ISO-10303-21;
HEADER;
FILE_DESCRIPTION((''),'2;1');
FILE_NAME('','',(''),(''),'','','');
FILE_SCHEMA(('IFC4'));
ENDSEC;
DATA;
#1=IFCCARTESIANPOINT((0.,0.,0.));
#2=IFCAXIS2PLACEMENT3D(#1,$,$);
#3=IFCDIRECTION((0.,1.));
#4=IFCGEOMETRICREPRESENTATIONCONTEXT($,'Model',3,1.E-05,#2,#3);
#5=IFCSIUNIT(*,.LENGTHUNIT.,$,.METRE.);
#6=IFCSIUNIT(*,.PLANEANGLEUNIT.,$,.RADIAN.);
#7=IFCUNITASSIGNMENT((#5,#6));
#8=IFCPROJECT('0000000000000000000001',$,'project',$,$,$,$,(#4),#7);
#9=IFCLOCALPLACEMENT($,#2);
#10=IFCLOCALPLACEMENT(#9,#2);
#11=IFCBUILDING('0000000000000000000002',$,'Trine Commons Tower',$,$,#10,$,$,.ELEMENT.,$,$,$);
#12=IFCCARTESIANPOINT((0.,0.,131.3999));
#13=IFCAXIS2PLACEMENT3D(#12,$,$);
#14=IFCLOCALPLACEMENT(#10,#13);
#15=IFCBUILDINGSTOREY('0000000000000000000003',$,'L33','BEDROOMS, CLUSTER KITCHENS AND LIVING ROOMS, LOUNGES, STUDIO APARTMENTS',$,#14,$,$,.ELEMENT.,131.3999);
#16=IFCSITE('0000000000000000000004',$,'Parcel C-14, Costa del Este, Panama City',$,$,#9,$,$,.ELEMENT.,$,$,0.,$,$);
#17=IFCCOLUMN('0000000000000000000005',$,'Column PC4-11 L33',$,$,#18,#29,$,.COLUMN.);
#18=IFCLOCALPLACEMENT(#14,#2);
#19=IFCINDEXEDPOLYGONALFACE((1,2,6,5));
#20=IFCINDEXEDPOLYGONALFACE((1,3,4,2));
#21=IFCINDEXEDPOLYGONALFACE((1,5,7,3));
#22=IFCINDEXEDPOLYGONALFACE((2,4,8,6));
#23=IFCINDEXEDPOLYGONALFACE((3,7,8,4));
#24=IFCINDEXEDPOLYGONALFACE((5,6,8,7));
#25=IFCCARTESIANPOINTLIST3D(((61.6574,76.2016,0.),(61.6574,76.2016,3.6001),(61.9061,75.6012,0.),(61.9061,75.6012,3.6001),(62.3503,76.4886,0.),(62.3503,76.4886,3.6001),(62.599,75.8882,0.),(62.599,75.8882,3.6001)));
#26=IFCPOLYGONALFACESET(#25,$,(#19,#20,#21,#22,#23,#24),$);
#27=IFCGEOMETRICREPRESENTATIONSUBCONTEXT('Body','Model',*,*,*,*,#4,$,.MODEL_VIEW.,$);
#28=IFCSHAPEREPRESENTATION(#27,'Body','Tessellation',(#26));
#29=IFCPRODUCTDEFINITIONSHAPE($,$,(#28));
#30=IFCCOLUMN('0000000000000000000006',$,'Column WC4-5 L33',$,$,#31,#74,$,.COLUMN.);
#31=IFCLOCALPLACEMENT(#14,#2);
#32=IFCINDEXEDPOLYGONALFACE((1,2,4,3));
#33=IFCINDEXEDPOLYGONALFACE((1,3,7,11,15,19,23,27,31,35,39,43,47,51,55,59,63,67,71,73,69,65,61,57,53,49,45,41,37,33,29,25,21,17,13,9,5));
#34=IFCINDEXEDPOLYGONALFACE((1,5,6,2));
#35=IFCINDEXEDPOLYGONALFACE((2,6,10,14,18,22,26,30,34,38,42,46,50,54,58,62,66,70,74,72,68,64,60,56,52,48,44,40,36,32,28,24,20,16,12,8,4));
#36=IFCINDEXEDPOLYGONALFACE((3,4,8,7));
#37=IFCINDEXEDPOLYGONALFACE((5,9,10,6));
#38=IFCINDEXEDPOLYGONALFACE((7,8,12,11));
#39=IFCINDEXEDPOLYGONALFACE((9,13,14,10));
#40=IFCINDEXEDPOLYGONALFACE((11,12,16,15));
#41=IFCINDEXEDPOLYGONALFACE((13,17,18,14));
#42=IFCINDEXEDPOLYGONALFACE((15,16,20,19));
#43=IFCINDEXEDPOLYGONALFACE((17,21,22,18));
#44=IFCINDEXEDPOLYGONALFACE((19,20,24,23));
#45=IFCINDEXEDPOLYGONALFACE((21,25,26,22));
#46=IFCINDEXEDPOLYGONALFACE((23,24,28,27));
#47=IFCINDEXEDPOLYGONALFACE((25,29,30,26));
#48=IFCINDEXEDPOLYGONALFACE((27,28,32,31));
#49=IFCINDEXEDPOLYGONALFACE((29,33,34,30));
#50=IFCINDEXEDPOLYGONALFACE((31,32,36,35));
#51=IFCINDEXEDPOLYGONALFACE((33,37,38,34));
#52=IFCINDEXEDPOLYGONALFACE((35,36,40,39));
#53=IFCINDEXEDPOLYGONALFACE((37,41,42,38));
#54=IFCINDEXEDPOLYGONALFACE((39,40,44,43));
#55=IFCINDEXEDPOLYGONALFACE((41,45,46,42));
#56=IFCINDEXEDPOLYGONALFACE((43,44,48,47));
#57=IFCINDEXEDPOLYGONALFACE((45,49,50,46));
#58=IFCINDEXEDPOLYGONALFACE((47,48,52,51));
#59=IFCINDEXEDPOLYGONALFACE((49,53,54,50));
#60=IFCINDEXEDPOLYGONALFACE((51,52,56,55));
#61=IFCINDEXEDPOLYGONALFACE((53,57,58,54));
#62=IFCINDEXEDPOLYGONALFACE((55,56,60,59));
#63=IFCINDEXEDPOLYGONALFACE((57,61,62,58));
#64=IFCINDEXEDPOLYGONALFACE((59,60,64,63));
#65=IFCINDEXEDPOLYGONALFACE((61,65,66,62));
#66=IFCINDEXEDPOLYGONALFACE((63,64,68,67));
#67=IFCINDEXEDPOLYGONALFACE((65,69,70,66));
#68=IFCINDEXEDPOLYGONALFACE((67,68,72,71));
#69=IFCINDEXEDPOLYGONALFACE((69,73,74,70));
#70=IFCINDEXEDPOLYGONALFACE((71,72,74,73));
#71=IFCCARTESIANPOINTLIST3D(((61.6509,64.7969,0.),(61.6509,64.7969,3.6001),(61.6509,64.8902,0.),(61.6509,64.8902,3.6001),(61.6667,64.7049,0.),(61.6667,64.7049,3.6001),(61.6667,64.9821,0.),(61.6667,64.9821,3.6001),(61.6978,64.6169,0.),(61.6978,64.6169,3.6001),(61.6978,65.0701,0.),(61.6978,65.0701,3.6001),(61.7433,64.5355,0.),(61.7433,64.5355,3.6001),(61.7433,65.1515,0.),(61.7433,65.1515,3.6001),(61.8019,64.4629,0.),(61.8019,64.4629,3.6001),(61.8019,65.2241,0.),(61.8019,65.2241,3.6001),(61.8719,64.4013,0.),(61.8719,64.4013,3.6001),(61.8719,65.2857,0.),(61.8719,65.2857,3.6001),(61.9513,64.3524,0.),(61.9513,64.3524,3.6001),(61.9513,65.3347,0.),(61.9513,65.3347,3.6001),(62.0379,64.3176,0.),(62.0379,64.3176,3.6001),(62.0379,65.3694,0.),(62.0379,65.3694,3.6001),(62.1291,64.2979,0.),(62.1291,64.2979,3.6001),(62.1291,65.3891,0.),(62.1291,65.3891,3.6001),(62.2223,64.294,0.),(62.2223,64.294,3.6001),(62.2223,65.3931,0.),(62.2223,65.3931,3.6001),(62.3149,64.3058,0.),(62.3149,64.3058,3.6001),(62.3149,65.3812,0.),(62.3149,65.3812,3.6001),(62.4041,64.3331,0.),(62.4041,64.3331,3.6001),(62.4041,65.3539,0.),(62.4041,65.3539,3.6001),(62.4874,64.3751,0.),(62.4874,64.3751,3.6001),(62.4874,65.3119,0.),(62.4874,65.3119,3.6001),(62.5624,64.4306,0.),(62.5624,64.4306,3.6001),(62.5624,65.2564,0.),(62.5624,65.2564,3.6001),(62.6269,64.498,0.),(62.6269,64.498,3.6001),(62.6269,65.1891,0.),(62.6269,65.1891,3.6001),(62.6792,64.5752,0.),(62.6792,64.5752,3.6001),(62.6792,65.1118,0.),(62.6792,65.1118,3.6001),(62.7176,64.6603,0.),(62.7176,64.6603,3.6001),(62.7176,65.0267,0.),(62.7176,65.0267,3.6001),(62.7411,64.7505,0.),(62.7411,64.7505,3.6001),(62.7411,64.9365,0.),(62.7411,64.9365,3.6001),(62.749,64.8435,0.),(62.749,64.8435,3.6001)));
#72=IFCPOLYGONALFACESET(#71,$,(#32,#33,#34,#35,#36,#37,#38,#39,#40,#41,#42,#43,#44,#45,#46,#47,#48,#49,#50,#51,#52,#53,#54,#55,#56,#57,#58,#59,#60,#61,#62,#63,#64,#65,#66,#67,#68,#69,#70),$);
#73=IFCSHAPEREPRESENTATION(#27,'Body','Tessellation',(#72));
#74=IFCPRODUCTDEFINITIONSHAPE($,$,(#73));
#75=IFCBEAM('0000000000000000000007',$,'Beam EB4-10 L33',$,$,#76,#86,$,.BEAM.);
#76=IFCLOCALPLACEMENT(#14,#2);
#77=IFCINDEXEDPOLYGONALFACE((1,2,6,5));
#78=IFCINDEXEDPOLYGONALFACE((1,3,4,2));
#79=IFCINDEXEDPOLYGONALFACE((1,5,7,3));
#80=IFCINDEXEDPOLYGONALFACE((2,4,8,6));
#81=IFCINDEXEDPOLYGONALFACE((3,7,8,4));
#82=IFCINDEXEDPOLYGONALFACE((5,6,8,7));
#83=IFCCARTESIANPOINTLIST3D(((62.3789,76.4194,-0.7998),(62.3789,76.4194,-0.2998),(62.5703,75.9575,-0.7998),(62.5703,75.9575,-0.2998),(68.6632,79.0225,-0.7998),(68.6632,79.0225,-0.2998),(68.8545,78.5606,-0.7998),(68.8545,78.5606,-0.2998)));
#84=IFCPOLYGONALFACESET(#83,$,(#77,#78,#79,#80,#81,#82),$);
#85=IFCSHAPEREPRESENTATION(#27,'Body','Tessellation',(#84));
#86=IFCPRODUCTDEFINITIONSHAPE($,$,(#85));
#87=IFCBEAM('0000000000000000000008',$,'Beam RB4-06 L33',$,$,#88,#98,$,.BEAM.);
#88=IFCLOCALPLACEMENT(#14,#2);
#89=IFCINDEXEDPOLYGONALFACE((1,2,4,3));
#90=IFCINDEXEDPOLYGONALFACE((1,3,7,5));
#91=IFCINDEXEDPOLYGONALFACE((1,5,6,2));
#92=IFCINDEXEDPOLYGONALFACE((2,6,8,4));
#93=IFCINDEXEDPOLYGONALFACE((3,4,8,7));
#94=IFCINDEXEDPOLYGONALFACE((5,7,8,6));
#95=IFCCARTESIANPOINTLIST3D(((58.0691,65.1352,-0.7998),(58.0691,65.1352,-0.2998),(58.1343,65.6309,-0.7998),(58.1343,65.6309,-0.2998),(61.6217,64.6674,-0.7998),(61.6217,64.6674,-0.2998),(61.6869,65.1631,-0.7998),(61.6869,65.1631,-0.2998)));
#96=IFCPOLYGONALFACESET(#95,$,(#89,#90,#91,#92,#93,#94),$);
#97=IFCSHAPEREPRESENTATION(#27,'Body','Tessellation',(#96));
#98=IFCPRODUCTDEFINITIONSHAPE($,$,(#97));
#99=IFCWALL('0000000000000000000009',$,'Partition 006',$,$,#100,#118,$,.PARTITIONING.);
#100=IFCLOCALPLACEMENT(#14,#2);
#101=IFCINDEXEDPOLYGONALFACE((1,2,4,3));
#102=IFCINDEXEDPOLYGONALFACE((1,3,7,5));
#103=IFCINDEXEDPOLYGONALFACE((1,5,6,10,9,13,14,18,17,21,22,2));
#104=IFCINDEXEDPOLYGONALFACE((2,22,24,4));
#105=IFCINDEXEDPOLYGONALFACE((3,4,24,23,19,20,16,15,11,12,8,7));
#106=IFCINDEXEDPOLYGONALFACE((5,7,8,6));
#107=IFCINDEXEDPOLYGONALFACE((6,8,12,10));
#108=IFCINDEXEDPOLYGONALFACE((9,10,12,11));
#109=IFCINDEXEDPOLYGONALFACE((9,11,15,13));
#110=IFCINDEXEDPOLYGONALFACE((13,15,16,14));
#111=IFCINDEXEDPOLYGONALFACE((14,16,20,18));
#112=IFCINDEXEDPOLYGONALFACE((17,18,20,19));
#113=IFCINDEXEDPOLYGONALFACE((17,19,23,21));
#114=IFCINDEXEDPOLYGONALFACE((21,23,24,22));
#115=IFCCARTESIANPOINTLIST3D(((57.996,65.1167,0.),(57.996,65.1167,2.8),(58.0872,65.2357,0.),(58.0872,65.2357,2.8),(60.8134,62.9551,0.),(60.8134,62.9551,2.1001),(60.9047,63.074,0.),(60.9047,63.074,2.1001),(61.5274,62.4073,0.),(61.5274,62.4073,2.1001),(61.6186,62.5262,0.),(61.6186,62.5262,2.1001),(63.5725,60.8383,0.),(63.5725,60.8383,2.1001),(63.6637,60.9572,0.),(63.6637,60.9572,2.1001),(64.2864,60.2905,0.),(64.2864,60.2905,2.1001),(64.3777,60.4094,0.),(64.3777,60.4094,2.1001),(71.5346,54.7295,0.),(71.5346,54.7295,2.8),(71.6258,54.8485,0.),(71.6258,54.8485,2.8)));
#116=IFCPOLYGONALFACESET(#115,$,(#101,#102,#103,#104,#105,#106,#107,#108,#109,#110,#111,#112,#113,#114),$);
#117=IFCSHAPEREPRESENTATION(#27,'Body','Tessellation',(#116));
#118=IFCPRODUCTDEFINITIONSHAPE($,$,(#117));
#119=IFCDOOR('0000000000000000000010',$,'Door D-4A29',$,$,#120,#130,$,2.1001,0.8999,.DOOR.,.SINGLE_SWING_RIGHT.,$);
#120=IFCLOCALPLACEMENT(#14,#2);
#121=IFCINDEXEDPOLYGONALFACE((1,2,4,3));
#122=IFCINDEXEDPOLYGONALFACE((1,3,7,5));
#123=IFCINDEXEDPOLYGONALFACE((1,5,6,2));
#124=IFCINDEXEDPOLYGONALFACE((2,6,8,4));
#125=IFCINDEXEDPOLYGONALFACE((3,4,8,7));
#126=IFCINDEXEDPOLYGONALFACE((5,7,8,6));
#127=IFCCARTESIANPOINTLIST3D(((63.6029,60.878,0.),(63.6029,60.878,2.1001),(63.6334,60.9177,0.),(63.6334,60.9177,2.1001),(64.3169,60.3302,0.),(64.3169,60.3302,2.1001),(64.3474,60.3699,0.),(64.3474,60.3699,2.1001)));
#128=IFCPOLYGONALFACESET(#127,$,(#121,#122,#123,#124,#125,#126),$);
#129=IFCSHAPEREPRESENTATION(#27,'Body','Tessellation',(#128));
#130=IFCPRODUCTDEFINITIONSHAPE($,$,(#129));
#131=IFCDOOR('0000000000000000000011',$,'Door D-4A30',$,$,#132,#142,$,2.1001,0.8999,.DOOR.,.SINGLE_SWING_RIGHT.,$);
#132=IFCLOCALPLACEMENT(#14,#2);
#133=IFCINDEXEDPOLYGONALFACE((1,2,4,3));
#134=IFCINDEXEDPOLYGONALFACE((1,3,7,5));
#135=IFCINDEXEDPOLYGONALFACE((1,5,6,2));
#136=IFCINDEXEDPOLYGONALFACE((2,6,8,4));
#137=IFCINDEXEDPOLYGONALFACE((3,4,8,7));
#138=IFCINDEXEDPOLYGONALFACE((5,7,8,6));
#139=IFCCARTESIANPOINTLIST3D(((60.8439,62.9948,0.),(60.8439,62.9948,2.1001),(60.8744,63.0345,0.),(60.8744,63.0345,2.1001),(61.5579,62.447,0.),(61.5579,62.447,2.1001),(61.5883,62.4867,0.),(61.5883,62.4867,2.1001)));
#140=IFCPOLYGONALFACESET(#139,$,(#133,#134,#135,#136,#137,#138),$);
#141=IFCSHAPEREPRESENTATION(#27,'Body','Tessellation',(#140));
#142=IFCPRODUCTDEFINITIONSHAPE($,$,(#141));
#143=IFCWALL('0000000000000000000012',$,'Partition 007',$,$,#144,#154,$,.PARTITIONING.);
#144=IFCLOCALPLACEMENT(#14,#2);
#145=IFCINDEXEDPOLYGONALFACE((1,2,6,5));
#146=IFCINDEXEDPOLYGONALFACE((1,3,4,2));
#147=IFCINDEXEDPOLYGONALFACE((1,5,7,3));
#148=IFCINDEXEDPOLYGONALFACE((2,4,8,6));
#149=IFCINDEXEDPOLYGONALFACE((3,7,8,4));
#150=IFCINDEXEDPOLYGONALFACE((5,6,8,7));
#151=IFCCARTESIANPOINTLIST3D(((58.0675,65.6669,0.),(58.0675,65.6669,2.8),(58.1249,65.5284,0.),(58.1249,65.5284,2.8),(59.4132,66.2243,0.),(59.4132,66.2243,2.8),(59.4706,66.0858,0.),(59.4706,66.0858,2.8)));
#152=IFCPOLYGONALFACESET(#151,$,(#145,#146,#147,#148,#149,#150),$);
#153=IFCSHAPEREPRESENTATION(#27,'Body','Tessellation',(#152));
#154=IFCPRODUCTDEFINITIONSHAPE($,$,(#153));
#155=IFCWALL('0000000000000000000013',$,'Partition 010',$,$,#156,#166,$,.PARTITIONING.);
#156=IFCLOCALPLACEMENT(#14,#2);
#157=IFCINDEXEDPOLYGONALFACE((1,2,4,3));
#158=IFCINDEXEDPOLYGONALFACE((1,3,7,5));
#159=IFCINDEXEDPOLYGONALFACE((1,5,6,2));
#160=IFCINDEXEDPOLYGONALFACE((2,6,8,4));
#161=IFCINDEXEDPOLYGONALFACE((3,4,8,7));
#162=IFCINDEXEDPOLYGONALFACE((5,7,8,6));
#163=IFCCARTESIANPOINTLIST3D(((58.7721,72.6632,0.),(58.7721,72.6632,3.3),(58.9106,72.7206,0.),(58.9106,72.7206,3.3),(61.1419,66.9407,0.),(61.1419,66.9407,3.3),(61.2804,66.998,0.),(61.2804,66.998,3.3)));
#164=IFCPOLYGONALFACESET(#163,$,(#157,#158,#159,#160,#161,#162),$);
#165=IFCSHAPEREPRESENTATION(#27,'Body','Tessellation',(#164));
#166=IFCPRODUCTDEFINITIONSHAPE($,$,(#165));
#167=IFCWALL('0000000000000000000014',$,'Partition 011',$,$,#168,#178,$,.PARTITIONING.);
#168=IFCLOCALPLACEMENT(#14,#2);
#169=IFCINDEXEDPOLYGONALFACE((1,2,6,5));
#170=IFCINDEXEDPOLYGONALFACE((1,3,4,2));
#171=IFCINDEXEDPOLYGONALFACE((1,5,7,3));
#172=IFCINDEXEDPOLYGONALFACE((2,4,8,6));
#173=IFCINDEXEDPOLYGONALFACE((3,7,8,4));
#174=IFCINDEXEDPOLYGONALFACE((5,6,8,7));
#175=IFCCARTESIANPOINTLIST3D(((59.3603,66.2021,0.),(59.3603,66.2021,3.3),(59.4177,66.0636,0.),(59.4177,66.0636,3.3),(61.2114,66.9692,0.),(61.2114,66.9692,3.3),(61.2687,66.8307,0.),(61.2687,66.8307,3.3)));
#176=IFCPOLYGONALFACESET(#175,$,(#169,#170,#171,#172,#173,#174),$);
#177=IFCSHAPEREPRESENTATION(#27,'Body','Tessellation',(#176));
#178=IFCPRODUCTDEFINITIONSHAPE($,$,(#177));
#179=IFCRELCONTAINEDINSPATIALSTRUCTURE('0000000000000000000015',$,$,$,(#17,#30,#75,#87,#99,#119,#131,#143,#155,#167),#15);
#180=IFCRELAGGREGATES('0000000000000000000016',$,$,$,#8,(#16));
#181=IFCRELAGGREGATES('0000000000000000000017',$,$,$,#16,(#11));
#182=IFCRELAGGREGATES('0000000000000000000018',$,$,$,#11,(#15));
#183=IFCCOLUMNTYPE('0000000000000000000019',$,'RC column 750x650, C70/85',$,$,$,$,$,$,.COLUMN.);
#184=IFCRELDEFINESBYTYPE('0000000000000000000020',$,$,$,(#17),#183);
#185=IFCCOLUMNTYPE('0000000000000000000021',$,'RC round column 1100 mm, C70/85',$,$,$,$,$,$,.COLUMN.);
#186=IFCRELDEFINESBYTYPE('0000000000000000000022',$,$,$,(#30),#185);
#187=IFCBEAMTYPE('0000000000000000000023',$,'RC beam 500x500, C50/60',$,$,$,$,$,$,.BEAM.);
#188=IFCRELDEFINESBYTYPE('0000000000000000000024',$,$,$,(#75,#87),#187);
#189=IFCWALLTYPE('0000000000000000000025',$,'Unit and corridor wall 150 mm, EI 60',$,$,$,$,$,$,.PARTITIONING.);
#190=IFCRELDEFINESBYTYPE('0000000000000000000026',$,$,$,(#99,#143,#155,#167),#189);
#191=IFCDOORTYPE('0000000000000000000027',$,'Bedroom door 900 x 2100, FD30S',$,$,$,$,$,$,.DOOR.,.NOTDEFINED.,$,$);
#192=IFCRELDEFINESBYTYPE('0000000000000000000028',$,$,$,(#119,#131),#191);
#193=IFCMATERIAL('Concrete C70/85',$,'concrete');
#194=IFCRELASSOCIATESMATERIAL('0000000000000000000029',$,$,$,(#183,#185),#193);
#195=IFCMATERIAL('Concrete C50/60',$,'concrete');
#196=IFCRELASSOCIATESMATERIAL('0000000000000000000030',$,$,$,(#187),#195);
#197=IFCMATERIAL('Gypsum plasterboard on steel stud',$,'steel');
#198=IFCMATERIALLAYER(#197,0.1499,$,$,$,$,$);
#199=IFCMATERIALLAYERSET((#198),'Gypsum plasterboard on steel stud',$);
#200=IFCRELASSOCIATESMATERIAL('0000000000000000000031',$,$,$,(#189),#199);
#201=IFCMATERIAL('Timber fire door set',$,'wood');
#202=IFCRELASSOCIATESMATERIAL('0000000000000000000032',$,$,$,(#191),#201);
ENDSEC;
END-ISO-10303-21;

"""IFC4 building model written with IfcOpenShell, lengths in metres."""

from ifc_helpers import new_model, si_unit, direction, frame, frame_2d, origin, origin_2d, place, context, subcontext, project, spatial, rectangle, circle, extrude, material, layer, layer_set, material_profile, profile_set, type_object, element, fill, save


model = new_model("IFC4")

# Units and contexts
model_context = context("Model", 3, precision=1e-05, world=origin(), true_north=direction((0.0, 1.0)))
body_context = subcontext(model_context, "Body", "Model", "MODEL_VIEW")
ifc_project = project(units=[si_unit("LENGTHUNIT", "METRE"), si_unit("PLANEANGLEUNIT", "RADIAN")], contexts=[model_context])

# Site, building, storey
site_placement = place(None, origin())
site = spatial("IfcSite", under=ifc_project, at=site_placement, Name="Parcel C-14, Costa del Este, Panama City", CompositionType="ELEMENT", RefElevation=0.0)
building_placement = place(site_placement, origin())
building = spatial("IfcBuilding", under=site, at=building_placement, Name="Trine Commons Tower", CompositionType="ELEMENT")
storey_placement = place(building_placement, frame((0.0, 0.0, 131.3999)))
storey = spatial("IfcBuildingStorey", under=building, at=storey_placement, Name="L33", Description="BEDROOMS, CLUSTER KITCHENS AND LIVING ROOMS, LOUNGES, STUDIO APARTMENTS", CompositionType="ELEMENT", Elevation=131.3999)

# Columns
ifc_material_1 = material(Name="Concrete C70/85", Category="concrete")
ifc_material_profile_1 = material_profile(ifc_material_1, rectangle(XDim=0.75, YDim=0.6499, at=origin_2d()), Name="RC 750x650")
ifc_profile_set_1 = profile_set([ifc_material_profile_1], Name="Concrete C70/85")
column_type_1 = type_object("IfcColumnType", Name="RC column 750x650, C70/85", PredefinedType="COLUMN", material=ifc_profile_set_1)
column_1_placement = place(storey_placement, frame((62.1282, 76.0449, 0.0), z_axis=(0.0, 0.0, 1.0), x_axis=(0.92388, 0.382683, 0.0)))
element("IfcColumn", 1, at=column_1_placement, inside=storey, type_object=column_type_1, Name="Column PC4-11 L33", PredefinedType="COLUMN", context=body_context, shape_type="SweptSolid", body=[
    extrude(rectangle(XDim=0.75, YDim=0.6499, at=origin_2d()), origin(), (0.0, 0.0, 1.0), 3.6001),
])
ifc_material_profile_2 = material_profile(ifc_material_1, circle(Radius=0.55, at=origin_2d()), Name="RC round 1100")
ifc_profile_set_2 = profile_set([ifc_material_profile_2], Name="Concrete C70/85")
column_type_2 = type_object("IfcColumnType", Name="RC round column 1100 mm, C70/85", PredefinedType="COLUMN", material=ifc_profile_set_2)
column_2_placement = place(storey_placement, frame((62.199, 64.8435, 0.0), z_axis=(0.0, 0.0, 1.0), x_axis=(1.0, 0.0, 0.0)))
element("IfcColumn", 2, at=column_2_placement, inside=storey, type_object=column_type_2, Name="Column WC4-5 L33", PredefinedType="COLUMN", context=body_context, shape_type="SweptSolid", body=[
    extrude(circle(Radius=0.55, at=origin_2d()), origin(), (0.0, 0.0, 1.0), 3.6001),
])

# Beams
ifc_material_2 = material(Name="Concrete C50/60", Category="concrete")
ifc_material_profile_3 = material_profile(ifc_material_2, rectangle(XDim=0.5, YDim=0.5, at=origin_2d()), Name="RC 500x500")
ifc_profile_set_3 = profile_set([ifc_material_profile_3], Name="Concrete C50/60")
beam_type = type_object("IfcBeamType", Name="RC beam 500x500, C50/60", PredefinedType="BEAM", material=ifc_profile_set_3)
beam_1_placement = place(storey_placement, frame((62.4746, 76.1885, -0.5498), z_axis=(0.923878, 0.382688, 0.0), x_axis=(-0.382688, 0.923878, 0.0)))
element("IfcBeam", 3, at=beam_1_placement, inside=storey, type_object=beam_type, Name="Beam EB4-10 L33", PredefinedType="BEAM", context=body_context, shape_type="SweptSolid", body=[
    extrude(rectangle(XDim=0.5, YDim=0.5, at=origin_2d()), origin(), (0.0, 0.0, 1.0), 6.802),
])
beam_2_placement = place(storey_placement, frame((61.6543, 64.9153, -0.5498), z_axis=(-0.991442, 0.130548, 0.0), x_axis=(-0.130548, -0.991442, 0.0)))
element("IfcBeam", 4, at=beam_2_placement, inside=storey, type_object=beam_type, Name="Beam RB4-06 L33", PredefinedType="BEAM", context=body_context, shape_type="SweptSolid", body=[
    extrude(rectangle(XDim=0.5, YDim=0.5, at=origin_2d()), origin(), (0.0, 0.0, 1.0), 3.5833),
])

# Wall, openings, doors
ifc_material_3 = material(Name="Gypsum plasterboard on steel stud", Category="steel")
ifc_layer_1 = layer(ifc_material_3, 0.1499)
ifc_layer_set_1 = layer_set([ifc_layer_1], Name="Gypsum plasterboard on steel stud")
wall_type_1 = type_object("IfcWallType", Name="Unit and corridor wall 150 mm, EI 60", PredefinedType="PARTITIONING", material=ifc_layer_set_1)
wall_1_placement = place(storey_placement, frame((58.0415, 65.1763, 0.0), z_axis=(0.0, 0.0, 1.0), x_axis=(0.79339, -0.608713, 0.0)))
wall_1 = element("IfcWall", 5, at=wall_1_placement, inside=storey, type_object=wall_type_1, Name="Partition 006", PredefinedType="PARTITIONING", context=body_context, shape_type="SweptSolid", body=[
    extrude(rectangle(XDim=17.0642, YDim=0.1499, at=frame_2d((8.5322, 0.0))), origin(), (0.0, 0.0, 1.0), 2.8),
])
opening_1_placement = place(wall_1_placement, frame((7.0288, 0.0, 0.0)))
opening_1 = element("IfcOpeningElement", 6, at=opening_1_placement, cuts=wall_1, PredefinedType="OPENING", context=body_context, shape_type="SweptSolid", body=[
    extrude(rectangle(XDim=0.8999, YDim=2.1001, at=frame_2d((0.45, 1.05))), frame((0.0, 0.085, 0.0), z_axis=(0.0, -1.0, 0.0), x_axis=(1.0, 0.0, 0.0)), (0.0, 0.0, 1.0), 0.1699),
])
opening_2_placement = place(wall_1_placement, frame((3.5513, 0.0, 0.0)))
opening_2 = element("IfcOpeningElement", 7, at=opening_2_placement, cuts=wall_1, PredefinedType="OPENING", context=body_context, shape_type="SweptSolid", body=[
    extrude(rectangle(XDim=0.8999, YDim=2.1001, at=frame_2d((0.45, 1.05))), frame((0.0, 0.085, 0.0), z_axis=(0.0, -1.0, 0.0), x_axis=(1.0, 0.0, 0.0)), (0.0, 0.0, 1.0), 0.1699),
])
ifc_material_4 = material(Name="Timber fire door set", Category="wood")
door_type_1 = type_object("IfcDoorType", Name="Bedroom door 900 x 2100, FD30S", OperationType="NOTDEFINED", PredefinedType="DOOR", material=ifc_material_4)
door_1_placement = place(opening_1_placement, frame((0.8999, 0.0, 0.0), z_axis=(0.0, 0.0, 1.0), x_axis=(-1.0, 0.0, 0.0)))
door_1 = element("IfcDoor", 8, at=door_1_placement, inside=storey, type_object=door_type_1, Name="Door D-4A29", OperationType="SINGLE_SWING_RIGHT", OverallHeight=2.1001, OverallWidth=0.8999, PredefinedType="DOOR", context=body_context, shape_type="SweptSolid", body=[
    extrude(rectangle(XDim=0.8999, YDim=2.1001, at=frame_2d((0.45, 1.05))), frame((0.0, 0.0249, 0.0), z_axis=(0.0, -1.0, 0.0), x_axis=(1.0, 0.0, 0.0)), (0.0, 0.0, 1.0), 0.05),
])
fill(opening_1, door_1)
door_2_placement = place(opening_2_placement, frame((0.8999, 0.0, 0.0), z_axis=(0.0, 0.0, 1.0), x_axis=(-1.0, 0.0, 0.0)))
door_2 = element("IfcDoor", 9, at=door_2_placement, inside=storey, type_object=door_type_1, Name="Door D-4A30", OperationType="SINGLE_SWING_RIGHT", OverallHeight=2.1001, OverallWidth=0.8999, PredefinedType="DOOR", context=body_context, shape_type="SweptSolid", body=[
    extrude(rectangle(XDim=0.8999, YDim=2.1001, at=frame_2d((0.45, 1.05))), frame((0.0, 0.0249, 0.0), z_axis=(0.0, -1.0, 0.0), x_axis=(1.0, 0.0, 0.0)), (0.0, 0.0, 1.0), 0.05),
])
fill(opening_2, door_2)

# Walls
wall_2_placement = place(storey_placement, frame((58.0962, 65.5977, 0.0), z_axis=(0.0, 0.0, 1.0), x_axis=(0.923888, 0.382663, 0.0)))
element("IfcWall", 10, at=wall_2_placement, inside=storey, type_object=wall_type_1, Name="Partition 007", PredefinedType="PARTITIONING", context=body_context, shape_type="SweptSolid", body=[
    extrude(rectangle(XDim=1.4565, YDim=0.1499, at=frame_2d((0.7283, 0.0))), origin(), (0.0, 0.0, 1.0), 2.8),
])
wall_3_placement = place(storey_placement, frame((58.8413, 72.6919, 0.0), z_axis=(0.0, 0.0, 1.0), x_axis=(0.382611, -0.92391, 0.0)))
element("IfcWall", 11, at=wall_3_placement, inside=storey, type_object=wall_type_1, Name="Partition 010", PredefinedType="PARTITIONING", context=body_context, shape_type="SweptSolid", body=[
    extrude(rectangle(XDim=6.1938, YDim=0.1499, at=frame_2d((3.0969, 0.0))), origin(), (0.0, 0.0, 1.0), 3.3),
])
wall_4_placement = place(storey_placement, frame((59.3889, 66.1328, 0.0), z_axis=(0.0, 0.0, 1.0), x_axis=(0.923818, 0.382832, 0.0)))
element("IfcWall", 12, at=wall_4_placement, inside=storey, type_object=wall_type_1, Name="Partition 011", PredefinedType="PARTITIONING", context=body_context, shape_type="SweptSolid", body=[
    extrude(rectangle(XDim=2.0037, YDim=0.1499, at=frame_2d((1.002, 0.0))), origin(), (0.0, 0.0, 1.0), 3.3),
])

save(model, "model.ifc")
